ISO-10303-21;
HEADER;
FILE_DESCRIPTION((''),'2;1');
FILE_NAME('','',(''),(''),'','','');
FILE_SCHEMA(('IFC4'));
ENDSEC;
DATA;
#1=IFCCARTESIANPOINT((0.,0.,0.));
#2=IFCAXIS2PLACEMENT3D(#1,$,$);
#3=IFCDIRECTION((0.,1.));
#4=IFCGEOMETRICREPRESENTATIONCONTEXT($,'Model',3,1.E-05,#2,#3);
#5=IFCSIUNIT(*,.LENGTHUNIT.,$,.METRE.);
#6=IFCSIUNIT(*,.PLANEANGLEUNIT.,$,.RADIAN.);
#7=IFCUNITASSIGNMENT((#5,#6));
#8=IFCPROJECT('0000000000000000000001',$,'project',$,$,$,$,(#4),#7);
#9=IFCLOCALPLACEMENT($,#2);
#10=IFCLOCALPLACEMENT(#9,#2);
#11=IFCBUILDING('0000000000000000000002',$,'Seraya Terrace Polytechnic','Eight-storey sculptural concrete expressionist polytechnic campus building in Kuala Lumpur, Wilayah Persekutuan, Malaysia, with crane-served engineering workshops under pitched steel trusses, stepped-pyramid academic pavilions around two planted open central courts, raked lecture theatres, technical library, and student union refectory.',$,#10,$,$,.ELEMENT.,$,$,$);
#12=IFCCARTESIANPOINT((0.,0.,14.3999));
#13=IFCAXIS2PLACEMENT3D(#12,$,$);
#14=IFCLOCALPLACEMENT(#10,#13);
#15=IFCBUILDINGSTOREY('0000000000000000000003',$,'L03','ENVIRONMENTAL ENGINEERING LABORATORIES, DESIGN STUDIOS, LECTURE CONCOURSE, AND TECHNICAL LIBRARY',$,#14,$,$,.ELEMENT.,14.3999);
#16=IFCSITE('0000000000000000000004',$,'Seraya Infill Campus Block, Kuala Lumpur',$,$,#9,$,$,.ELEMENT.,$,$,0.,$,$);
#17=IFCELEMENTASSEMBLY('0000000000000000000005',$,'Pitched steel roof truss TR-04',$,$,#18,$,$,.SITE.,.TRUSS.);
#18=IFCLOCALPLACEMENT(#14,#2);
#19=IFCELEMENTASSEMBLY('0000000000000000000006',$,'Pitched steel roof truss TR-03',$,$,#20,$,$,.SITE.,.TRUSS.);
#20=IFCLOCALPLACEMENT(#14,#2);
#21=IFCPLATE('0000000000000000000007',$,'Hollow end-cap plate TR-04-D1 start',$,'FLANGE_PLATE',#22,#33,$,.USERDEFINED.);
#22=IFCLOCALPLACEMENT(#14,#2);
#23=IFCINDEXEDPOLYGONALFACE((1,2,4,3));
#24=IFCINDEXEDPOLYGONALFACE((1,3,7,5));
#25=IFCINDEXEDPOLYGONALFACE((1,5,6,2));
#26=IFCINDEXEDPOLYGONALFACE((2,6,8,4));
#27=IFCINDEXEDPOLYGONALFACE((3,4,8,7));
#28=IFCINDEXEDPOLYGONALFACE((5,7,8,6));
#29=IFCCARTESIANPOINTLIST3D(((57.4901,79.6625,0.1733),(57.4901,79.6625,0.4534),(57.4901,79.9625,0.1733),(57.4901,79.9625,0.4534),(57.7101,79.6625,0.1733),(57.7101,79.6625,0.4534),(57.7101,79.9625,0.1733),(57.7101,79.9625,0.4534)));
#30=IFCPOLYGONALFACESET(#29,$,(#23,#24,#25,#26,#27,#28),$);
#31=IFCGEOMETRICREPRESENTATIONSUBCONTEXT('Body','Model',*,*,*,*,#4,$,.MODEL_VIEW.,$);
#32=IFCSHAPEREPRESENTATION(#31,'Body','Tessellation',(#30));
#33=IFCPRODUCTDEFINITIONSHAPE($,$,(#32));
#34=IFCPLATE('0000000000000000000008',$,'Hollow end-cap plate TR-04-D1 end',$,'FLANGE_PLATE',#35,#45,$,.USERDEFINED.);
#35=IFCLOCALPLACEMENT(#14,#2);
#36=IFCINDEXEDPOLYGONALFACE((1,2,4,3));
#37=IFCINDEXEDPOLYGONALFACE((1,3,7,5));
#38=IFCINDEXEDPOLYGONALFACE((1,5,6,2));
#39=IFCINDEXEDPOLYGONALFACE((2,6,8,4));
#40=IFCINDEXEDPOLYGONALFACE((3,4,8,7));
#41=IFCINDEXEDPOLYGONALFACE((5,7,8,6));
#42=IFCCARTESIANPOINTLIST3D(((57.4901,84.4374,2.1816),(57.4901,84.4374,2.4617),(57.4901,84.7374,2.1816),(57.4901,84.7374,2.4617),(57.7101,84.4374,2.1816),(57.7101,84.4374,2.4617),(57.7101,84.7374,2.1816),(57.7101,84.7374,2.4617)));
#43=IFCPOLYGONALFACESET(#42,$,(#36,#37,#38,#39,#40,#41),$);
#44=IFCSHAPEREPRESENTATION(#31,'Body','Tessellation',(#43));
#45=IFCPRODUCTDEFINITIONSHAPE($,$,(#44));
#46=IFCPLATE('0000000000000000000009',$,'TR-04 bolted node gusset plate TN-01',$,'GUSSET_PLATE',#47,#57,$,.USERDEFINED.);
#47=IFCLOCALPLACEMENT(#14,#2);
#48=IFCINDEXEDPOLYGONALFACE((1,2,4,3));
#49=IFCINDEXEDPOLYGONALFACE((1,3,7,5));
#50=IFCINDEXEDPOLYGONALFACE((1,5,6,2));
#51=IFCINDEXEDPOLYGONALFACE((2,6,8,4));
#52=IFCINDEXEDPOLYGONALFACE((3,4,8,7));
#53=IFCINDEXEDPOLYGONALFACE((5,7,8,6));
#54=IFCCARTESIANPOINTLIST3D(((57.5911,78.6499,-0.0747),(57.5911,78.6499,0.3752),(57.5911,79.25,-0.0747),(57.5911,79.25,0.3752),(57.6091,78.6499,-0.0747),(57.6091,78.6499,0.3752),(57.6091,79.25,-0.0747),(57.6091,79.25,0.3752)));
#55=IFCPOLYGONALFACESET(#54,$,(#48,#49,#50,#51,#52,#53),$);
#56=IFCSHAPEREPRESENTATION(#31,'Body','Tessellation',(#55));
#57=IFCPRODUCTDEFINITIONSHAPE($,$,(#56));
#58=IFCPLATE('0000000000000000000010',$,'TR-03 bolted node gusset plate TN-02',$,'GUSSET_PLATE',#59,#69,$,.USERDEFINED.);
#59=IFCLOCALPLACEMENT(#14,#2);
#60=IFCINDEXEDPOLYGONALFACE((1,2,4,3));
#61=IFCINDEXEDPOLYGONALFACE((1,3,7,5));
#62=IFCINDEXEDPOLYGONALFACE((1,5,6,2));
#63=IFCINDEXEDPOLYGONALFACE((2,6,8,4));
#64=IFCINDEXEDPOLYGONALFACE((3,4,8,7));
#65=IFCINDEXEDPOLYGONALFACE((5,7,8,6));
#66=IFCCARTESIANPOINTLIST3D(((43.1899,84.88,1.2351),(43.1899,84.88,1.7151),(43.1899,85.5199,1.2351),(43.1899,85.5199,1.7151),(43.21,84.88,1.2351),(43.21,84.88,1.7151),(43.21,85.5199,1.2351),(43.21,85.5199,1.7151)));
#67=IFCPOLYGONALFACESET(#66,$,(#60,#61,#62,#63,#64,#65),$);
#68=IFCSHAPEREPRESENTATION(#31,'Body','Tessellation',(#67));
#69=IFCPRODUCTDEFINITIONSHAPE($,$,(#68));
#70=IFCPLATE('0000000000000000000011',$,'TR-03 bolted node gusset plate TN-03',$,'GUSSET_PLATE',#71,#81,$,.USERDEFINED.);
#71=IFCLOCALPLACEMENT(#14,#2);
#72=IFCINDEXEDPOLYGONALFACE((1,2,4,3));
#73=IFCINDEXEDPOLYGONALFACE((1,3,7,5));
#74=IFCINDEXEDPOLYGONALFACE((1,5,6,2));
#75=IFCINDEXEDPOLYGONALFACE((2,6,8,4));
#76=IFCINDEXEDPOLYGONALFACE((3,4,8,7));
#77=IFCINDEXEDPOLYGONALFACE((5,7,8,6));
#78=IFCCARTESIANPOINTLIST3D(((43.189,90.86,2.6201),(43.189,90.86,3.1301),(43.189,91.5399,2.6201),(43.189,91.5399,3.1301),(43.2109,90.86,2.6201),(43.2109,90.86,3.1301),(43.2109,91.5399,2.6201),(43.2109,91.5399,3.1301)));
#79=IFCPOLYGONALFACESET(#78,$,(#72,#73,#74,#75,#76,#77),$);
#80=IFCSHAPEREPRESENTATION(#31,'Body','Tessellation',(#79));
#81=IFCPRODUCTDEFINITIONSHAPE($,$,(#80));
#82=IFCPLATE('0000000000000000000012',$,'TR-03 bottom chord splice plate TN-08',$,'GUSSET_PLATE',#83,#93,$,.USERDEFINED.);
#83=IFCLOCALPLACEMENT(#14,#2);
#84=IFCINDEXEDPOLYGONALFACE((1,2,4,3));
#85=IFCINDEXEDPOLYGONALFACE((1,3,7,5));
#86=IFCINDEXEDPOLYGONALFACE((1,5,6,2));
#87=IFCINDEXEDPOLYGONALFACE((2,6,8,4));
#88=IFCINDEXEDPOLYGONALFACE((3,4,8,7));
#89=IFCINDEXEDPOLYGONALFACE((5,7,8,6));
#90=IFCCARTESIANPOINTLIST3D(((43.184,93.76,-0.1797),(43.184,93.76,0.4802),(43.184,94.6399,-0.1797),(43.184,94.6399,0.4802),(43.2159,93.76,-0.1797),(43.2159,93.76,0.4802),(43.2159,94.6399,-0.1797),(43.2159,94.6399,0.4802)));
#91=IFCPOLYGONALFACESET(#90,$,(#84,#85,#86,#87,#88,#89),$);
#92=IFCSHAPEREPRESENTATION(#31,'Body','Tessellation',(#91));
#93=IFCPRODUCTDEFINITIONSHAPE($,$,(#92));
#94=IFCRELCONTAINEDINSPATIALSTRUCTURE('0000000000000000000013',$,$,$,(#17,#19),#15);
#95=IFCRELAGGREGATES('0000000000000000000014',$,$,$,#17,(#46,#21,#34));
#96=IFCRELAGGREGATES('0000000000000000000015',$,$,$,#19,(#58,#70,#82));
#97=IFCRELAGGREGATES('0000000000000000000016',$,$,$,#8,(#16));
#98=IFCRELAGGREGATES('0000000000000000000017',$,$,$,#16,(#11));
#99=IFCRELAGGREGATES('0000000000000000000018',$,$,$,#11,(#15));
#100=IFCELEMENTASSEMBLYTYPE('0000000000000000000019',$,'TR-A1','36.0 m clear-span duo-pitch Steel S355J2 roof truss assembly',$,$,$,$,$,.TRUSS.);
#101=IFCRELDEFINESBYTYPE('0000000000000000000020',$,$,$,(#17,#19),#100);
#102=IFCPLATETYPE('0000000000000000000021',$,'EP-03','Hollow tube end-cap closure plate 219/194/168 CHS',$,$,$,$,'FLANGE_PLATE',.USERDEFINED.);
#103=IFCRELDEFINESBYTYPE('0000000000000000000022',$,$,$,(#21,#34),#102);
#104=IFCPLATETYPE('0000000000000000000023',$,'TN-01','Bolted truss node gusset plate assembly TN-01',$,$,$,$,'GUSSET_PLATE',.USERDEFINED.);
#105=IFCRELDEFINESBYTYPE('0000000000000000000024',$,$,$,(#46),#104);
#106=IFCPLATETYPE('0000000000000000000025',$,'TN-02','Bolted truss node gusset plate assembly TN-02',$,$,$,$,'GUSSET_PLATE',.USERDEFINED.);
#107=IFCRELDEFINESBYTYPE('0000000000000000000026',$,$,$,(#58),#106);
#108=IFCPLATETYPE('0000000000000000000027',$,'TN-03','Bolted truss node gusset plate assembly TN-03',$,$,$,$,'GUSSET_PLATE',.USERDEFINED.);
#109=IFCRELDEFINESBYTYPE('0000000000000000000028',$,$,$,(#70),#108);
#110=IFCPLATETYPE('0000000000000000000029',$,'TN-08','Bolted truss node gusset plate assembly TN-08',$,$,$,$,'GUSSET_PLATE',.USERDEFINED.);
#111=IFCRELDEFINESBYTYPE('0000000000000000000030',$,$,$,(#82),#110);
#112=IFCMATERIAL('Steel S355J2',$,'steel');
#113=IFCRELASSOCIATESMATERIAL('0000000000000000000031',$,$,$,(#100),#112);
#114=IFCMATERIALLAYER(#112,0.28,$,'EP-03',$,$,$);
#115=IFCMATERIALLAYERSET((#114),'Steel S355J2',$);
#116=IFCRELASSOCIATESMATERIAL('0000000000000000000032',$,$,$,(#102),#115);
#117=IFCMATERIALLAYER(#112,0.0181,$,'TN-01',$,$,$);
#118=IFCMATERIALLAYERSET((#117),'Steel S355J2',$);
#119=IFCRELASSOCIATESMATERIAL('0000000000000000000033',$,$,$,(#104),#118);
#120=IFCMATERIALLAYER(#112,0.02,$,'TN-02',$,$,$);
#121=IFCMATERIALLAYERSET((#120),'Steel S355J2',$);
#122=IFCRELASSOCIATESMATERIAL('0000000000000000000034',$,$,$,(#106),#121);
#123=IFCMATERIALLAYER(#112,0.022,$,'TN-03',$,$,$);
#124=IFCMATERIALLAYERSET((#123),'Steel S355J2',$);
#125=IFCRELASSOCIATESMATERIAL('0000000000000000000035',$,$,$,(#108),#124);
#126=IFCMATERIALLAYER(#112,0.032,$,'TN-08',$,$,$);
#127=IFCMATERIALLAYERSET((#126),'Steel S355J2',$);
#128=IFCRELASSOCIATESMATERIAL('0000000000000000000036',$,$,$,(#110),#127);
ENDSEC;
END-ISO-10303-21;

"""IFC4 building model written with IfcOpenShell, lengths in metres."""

from ifc_helpers import new_model, si_unit, direction, frame, origin, origin_2d, place, context, subcontext, project, spatial, rectangle, extrude, material, layer, layer_set, type_object, element, aggregate, save


model = new_model("IFC4")

# Units and contexts
model_context = context("Model", 3, precision=1e-05, world=origin(), true_north=direction((0.0, 1.0)))
body_context = subcontext(model_context, "Body", "Model", "MODEL_VIEW")
ifc_project = project(units=[si_unit("LENGTHUNIT", "METRE"), si_unit("PLANEANGLEUNIT", "RADIAN")], contexts=[model_context])

# Site, building, storey
site_placement = place(None, origin())
site = spatial("IfcSite", under=ifc_project, at=site_placement, Name="Seraya Infill Campus Block, Kuala Lumpur", CompositionType="ELEMENT", RefElevation=0.0)
building_placement = place(site_placement, origin())
building = spatial("IfcBuilding", under=site, at=building_placement, Name="Seraya Terrace Polytechnic", Description="Eight-storey sculptural concrete expressionist polytechnic campus building in Kuala Lumpur, Wilayah Persekutuan, Malaysia, with crane-served engineering workshops under pitched steel trusses, stepped-pyramid academic pavilions around two planted open central courts, raked lecture theatres, technical library, and student union refectory.", CompositionType="ELEMENT")
storey_placement = place(building_placement, frame((0.0, 0.0, 14.3999)))
storey = spatial("IfcBuildingStorey", under=building, at=storey_placement, Name="L03", Description="ENVIRONMENTAL ENGINEERING LABORATORIES, DESIGN STUDIOS, LECTURE CONCOURSE, AND TECHNICAL LIBRARY", CompositionType="ELEMENT", Elevation=14.3999)

# Element assembly
ifc_material_1 = material(Name="Steel S355J2", Category="steel")
element_assembly_type = type_object("IfcElementAssemblyType", Name="TR-A1", Description="36.0 m clear-span duo-pitch Steel S355J2 roof truss assembly", PredefinedType="TRUSS", material=ifc_material_1)
assembly_1_placement = place(storey_placement, origin())
assembly_1 = element("IfcElementAssembly", 1, at=assembly_1_placement, inside=storey, type_object=element_assembly_type, Name="Pitched steel roof truss TR-04", AssemblyPlace="SITE", PredefinedType="TRUSS")

# Element assembly
assembly_2_placement = place(storey_placement, origin())
assembly_2 = element("IfcElementAssembly", 2, at=assembly_2_placement, inside=storey, type_object=element_assembly_type, Name="Pitched steel roof truss TR-03", AssemblyPlace="SITE", PredefinedType="TRUSS")

# Plates
ifc_layer_1 = layer(ifc_material_1, 0.28, Name="EP-03")
ifc_layer_set_1 = layer_set([ifc_layer_1], Name="Steel S355J2")
plate_type_1 = type_object("IfcPlateType", Name="EP-03", Description="Hollow tube end-cap closure plate 219/194/168 CHS", ElementType="FLANGE_PLATE", PredefinedType="USERDEFINED", material=ifc_layer_set_1)
plate_1_placement = place(storey_placement, frame((57.6001, 79.8125, 0.1733), z_axis=(0.0, 0.0, 1.0), x_axis=(0.0, 1.0, 0.0)))
plate_1 = element("IfcPlate", 3, at=plate_1_placement, type_object=plate_type_1, Name="Hollow end-cap plate TR-04-D1 start", ObjectType="FLANGE_PLATE", PredefinedType="USERDEFINED", context=body_context, shape_type="SweptSolid", body=[
    extrude(rectangle(XDim=0.3, YDim=0.22, at=origin_2d()), origin(), (0.0, 0.0, 1.0), 0.28),
])
plate_2_placement = place(storey_placement, frame((57.6001, 84.5874, 2.1816), z_axis=(0.0, 0.0, 1.0), x_axis=(0.0, 1.0, 0.0)))
plate_2 = element("IfcPlate", 4, at=plate_2_placement, type_object=plate_type_1, Name="Hollow end-cap plate TR-04-D1 end", ObjectType="FLANGE_PLATE", PredefinedType="USERDEFINED", context=body_context, shape_type="SweptSolid", body=[
    extrude(rectangle(XDim=0.3, YDim=0.22, at=origin_2d()), origin(), (0.0, 0.0, 1.0), 0.28),
])
ifc_layer_2 = layer(ifc_material_1, 0.0181, Name="TN-01")
ifc_layer_set_2 = layer_set([ifc_layer_2], Name="Steel S355J2")
plate_type_2 = type_object("IfcPlateType", Name="TN-01", Description="Bolted truss node gusset plate assembly TN-01", ElementType="GUSSET_PLATE", PredefinedType="USERDEFINED", material=ifc_layer_set_2)
plate_3_placement = place(storey_placement, frame((57.6001, 78.95, -0.0747), z_axis=(0.0, 0.0, 1.0), x_axis=(0.0, 1.0, 0.0)))
plate_3 = element("IfcPlate", 5, at=plate_3_placement, type_object=plate_type_2, Name="TR-04 bolted node gusset plate TN-01", ObjectType="GUSSET_PLATE", PredefinedType="USERDEFINED", context=body_context, shape_type="SweptSolid", body=[
    extrude(rectangle(XDim=0.6001, YDim=0.0181, at=origin_2d()), origin(), (0.0, 0.0, 1.0), 0.45),
])
aggregate(assembly_1, [plate_3, plate_1, plate_2])
ifc_layer_3 = layer(ifc_material_1, 0.02, Name="TN-02")
ifc_layer_set_3 = layer_set([ifc_layer_3], Name="Steel S355J2")
plate_type_3 = type_object("IfcPlateType", Name="TN-02", Description="Bolted truss node gusset plate assembly TN-02", ElementType="GUSSET_PLATE", PredefinedType="USERDEFINED", material=ifc_layer_set_3)
plate_4_placement = place(storey_placement, frame((43.2, 85.2, 1.2351), z_axis=(0.0, 0.0, 1.0), x_axis=(0.0, 1.0, 0.0)))
plate_4 = element("IfcPlate", 6, at=plate_4_placement, type_object=plate_type_3, Name="TR-03 bolted node gusset plate TN-02", ObjectType="GUSSET_PLATE", PredefinedType="USERDEFINED", context=body_context, shape_type="SweptSolid", body=[
    extrude(rectangle(XDim=0.6399, YDim=0.02, at=origin_2d()), origin(), (0.0, 0.0, 1.0), 0.48),
])
ifc_layer_4 = layer(ifc_material_1, 0.022, Name="TN-03")
ifc_layer_set_4 = layer_set([ifc_layer_4], Name="Steel S355J2")
plate_type_4 = type_object("IfcPlateType", Name="TN-03", Description="Bolted truss node gusset plate assembly TN-03", ElementType="GUSSET_PLATE", PredefinedType="USERDEFINED", material=ifc_layer_set_4)
plate_5_placement = place(storey_placement, frame((43.2, 91.2, 2.6201), z_axis=(0.0, 0.0, 1.0), x_axis=(0.0, 1.0, 0.0)))
plate_5 = element("IfcPlate", 7, at=plate_5_placement, type_object=plate_type_4, Name="TR-03 bolted node gusset plate TN-03", ObjectType="GUSSET_PLATE", PredefinedType="USERDEFINED", context=body_context, shape_type="SweptSolid", body=[
    extrude(rectangle(XDim=0.6799, YDim=0.022, at=origin_2d()), origin(), (0.0, 0.0, 1.0), 0.51),
])
ifc_layer_5 = layer(ifc_material_1, 0.032, Name="TN-08")
ifc_layer_set_5 = layer_set([ifc_layer_5], Name="Steel S355J2")
plate_type_5 = type_object("IfcPlateType", Name="TN-08", Description="Bolted truss node gusset plate assembly TN-08", ElementType="GUSSET_PLATE", PredefinedType="USERDEFINED", material=ifc_layer_set_5)
plate_6_placement = place(storey_placement, frame((43.2, 94.2, -0.1797), z_axis=(0.0, 0.0, 1.0), x_axis=(0.0, 1.0, 0.0)))
plate_6 = element("IfcPlate", 8, at=plate_6_placement, type_object=plate_type_5, Name="TR-03 bottom chord splice plate TN-08", ObjectType="GUSSET_PLATE", PredefinedType="USERDEFINED", context=body_context, shape_type="SweptSolid", body=[
    extrude(rectangle(XDim=0.8799, YDim=0.032, at=origin_2d()), origin(), (0.0, 0.0, 1.0), 0.6599),
])
aggregate(assembly_2, [plate_4, plate_5, plate_6])

save(model, "model.ifc")
